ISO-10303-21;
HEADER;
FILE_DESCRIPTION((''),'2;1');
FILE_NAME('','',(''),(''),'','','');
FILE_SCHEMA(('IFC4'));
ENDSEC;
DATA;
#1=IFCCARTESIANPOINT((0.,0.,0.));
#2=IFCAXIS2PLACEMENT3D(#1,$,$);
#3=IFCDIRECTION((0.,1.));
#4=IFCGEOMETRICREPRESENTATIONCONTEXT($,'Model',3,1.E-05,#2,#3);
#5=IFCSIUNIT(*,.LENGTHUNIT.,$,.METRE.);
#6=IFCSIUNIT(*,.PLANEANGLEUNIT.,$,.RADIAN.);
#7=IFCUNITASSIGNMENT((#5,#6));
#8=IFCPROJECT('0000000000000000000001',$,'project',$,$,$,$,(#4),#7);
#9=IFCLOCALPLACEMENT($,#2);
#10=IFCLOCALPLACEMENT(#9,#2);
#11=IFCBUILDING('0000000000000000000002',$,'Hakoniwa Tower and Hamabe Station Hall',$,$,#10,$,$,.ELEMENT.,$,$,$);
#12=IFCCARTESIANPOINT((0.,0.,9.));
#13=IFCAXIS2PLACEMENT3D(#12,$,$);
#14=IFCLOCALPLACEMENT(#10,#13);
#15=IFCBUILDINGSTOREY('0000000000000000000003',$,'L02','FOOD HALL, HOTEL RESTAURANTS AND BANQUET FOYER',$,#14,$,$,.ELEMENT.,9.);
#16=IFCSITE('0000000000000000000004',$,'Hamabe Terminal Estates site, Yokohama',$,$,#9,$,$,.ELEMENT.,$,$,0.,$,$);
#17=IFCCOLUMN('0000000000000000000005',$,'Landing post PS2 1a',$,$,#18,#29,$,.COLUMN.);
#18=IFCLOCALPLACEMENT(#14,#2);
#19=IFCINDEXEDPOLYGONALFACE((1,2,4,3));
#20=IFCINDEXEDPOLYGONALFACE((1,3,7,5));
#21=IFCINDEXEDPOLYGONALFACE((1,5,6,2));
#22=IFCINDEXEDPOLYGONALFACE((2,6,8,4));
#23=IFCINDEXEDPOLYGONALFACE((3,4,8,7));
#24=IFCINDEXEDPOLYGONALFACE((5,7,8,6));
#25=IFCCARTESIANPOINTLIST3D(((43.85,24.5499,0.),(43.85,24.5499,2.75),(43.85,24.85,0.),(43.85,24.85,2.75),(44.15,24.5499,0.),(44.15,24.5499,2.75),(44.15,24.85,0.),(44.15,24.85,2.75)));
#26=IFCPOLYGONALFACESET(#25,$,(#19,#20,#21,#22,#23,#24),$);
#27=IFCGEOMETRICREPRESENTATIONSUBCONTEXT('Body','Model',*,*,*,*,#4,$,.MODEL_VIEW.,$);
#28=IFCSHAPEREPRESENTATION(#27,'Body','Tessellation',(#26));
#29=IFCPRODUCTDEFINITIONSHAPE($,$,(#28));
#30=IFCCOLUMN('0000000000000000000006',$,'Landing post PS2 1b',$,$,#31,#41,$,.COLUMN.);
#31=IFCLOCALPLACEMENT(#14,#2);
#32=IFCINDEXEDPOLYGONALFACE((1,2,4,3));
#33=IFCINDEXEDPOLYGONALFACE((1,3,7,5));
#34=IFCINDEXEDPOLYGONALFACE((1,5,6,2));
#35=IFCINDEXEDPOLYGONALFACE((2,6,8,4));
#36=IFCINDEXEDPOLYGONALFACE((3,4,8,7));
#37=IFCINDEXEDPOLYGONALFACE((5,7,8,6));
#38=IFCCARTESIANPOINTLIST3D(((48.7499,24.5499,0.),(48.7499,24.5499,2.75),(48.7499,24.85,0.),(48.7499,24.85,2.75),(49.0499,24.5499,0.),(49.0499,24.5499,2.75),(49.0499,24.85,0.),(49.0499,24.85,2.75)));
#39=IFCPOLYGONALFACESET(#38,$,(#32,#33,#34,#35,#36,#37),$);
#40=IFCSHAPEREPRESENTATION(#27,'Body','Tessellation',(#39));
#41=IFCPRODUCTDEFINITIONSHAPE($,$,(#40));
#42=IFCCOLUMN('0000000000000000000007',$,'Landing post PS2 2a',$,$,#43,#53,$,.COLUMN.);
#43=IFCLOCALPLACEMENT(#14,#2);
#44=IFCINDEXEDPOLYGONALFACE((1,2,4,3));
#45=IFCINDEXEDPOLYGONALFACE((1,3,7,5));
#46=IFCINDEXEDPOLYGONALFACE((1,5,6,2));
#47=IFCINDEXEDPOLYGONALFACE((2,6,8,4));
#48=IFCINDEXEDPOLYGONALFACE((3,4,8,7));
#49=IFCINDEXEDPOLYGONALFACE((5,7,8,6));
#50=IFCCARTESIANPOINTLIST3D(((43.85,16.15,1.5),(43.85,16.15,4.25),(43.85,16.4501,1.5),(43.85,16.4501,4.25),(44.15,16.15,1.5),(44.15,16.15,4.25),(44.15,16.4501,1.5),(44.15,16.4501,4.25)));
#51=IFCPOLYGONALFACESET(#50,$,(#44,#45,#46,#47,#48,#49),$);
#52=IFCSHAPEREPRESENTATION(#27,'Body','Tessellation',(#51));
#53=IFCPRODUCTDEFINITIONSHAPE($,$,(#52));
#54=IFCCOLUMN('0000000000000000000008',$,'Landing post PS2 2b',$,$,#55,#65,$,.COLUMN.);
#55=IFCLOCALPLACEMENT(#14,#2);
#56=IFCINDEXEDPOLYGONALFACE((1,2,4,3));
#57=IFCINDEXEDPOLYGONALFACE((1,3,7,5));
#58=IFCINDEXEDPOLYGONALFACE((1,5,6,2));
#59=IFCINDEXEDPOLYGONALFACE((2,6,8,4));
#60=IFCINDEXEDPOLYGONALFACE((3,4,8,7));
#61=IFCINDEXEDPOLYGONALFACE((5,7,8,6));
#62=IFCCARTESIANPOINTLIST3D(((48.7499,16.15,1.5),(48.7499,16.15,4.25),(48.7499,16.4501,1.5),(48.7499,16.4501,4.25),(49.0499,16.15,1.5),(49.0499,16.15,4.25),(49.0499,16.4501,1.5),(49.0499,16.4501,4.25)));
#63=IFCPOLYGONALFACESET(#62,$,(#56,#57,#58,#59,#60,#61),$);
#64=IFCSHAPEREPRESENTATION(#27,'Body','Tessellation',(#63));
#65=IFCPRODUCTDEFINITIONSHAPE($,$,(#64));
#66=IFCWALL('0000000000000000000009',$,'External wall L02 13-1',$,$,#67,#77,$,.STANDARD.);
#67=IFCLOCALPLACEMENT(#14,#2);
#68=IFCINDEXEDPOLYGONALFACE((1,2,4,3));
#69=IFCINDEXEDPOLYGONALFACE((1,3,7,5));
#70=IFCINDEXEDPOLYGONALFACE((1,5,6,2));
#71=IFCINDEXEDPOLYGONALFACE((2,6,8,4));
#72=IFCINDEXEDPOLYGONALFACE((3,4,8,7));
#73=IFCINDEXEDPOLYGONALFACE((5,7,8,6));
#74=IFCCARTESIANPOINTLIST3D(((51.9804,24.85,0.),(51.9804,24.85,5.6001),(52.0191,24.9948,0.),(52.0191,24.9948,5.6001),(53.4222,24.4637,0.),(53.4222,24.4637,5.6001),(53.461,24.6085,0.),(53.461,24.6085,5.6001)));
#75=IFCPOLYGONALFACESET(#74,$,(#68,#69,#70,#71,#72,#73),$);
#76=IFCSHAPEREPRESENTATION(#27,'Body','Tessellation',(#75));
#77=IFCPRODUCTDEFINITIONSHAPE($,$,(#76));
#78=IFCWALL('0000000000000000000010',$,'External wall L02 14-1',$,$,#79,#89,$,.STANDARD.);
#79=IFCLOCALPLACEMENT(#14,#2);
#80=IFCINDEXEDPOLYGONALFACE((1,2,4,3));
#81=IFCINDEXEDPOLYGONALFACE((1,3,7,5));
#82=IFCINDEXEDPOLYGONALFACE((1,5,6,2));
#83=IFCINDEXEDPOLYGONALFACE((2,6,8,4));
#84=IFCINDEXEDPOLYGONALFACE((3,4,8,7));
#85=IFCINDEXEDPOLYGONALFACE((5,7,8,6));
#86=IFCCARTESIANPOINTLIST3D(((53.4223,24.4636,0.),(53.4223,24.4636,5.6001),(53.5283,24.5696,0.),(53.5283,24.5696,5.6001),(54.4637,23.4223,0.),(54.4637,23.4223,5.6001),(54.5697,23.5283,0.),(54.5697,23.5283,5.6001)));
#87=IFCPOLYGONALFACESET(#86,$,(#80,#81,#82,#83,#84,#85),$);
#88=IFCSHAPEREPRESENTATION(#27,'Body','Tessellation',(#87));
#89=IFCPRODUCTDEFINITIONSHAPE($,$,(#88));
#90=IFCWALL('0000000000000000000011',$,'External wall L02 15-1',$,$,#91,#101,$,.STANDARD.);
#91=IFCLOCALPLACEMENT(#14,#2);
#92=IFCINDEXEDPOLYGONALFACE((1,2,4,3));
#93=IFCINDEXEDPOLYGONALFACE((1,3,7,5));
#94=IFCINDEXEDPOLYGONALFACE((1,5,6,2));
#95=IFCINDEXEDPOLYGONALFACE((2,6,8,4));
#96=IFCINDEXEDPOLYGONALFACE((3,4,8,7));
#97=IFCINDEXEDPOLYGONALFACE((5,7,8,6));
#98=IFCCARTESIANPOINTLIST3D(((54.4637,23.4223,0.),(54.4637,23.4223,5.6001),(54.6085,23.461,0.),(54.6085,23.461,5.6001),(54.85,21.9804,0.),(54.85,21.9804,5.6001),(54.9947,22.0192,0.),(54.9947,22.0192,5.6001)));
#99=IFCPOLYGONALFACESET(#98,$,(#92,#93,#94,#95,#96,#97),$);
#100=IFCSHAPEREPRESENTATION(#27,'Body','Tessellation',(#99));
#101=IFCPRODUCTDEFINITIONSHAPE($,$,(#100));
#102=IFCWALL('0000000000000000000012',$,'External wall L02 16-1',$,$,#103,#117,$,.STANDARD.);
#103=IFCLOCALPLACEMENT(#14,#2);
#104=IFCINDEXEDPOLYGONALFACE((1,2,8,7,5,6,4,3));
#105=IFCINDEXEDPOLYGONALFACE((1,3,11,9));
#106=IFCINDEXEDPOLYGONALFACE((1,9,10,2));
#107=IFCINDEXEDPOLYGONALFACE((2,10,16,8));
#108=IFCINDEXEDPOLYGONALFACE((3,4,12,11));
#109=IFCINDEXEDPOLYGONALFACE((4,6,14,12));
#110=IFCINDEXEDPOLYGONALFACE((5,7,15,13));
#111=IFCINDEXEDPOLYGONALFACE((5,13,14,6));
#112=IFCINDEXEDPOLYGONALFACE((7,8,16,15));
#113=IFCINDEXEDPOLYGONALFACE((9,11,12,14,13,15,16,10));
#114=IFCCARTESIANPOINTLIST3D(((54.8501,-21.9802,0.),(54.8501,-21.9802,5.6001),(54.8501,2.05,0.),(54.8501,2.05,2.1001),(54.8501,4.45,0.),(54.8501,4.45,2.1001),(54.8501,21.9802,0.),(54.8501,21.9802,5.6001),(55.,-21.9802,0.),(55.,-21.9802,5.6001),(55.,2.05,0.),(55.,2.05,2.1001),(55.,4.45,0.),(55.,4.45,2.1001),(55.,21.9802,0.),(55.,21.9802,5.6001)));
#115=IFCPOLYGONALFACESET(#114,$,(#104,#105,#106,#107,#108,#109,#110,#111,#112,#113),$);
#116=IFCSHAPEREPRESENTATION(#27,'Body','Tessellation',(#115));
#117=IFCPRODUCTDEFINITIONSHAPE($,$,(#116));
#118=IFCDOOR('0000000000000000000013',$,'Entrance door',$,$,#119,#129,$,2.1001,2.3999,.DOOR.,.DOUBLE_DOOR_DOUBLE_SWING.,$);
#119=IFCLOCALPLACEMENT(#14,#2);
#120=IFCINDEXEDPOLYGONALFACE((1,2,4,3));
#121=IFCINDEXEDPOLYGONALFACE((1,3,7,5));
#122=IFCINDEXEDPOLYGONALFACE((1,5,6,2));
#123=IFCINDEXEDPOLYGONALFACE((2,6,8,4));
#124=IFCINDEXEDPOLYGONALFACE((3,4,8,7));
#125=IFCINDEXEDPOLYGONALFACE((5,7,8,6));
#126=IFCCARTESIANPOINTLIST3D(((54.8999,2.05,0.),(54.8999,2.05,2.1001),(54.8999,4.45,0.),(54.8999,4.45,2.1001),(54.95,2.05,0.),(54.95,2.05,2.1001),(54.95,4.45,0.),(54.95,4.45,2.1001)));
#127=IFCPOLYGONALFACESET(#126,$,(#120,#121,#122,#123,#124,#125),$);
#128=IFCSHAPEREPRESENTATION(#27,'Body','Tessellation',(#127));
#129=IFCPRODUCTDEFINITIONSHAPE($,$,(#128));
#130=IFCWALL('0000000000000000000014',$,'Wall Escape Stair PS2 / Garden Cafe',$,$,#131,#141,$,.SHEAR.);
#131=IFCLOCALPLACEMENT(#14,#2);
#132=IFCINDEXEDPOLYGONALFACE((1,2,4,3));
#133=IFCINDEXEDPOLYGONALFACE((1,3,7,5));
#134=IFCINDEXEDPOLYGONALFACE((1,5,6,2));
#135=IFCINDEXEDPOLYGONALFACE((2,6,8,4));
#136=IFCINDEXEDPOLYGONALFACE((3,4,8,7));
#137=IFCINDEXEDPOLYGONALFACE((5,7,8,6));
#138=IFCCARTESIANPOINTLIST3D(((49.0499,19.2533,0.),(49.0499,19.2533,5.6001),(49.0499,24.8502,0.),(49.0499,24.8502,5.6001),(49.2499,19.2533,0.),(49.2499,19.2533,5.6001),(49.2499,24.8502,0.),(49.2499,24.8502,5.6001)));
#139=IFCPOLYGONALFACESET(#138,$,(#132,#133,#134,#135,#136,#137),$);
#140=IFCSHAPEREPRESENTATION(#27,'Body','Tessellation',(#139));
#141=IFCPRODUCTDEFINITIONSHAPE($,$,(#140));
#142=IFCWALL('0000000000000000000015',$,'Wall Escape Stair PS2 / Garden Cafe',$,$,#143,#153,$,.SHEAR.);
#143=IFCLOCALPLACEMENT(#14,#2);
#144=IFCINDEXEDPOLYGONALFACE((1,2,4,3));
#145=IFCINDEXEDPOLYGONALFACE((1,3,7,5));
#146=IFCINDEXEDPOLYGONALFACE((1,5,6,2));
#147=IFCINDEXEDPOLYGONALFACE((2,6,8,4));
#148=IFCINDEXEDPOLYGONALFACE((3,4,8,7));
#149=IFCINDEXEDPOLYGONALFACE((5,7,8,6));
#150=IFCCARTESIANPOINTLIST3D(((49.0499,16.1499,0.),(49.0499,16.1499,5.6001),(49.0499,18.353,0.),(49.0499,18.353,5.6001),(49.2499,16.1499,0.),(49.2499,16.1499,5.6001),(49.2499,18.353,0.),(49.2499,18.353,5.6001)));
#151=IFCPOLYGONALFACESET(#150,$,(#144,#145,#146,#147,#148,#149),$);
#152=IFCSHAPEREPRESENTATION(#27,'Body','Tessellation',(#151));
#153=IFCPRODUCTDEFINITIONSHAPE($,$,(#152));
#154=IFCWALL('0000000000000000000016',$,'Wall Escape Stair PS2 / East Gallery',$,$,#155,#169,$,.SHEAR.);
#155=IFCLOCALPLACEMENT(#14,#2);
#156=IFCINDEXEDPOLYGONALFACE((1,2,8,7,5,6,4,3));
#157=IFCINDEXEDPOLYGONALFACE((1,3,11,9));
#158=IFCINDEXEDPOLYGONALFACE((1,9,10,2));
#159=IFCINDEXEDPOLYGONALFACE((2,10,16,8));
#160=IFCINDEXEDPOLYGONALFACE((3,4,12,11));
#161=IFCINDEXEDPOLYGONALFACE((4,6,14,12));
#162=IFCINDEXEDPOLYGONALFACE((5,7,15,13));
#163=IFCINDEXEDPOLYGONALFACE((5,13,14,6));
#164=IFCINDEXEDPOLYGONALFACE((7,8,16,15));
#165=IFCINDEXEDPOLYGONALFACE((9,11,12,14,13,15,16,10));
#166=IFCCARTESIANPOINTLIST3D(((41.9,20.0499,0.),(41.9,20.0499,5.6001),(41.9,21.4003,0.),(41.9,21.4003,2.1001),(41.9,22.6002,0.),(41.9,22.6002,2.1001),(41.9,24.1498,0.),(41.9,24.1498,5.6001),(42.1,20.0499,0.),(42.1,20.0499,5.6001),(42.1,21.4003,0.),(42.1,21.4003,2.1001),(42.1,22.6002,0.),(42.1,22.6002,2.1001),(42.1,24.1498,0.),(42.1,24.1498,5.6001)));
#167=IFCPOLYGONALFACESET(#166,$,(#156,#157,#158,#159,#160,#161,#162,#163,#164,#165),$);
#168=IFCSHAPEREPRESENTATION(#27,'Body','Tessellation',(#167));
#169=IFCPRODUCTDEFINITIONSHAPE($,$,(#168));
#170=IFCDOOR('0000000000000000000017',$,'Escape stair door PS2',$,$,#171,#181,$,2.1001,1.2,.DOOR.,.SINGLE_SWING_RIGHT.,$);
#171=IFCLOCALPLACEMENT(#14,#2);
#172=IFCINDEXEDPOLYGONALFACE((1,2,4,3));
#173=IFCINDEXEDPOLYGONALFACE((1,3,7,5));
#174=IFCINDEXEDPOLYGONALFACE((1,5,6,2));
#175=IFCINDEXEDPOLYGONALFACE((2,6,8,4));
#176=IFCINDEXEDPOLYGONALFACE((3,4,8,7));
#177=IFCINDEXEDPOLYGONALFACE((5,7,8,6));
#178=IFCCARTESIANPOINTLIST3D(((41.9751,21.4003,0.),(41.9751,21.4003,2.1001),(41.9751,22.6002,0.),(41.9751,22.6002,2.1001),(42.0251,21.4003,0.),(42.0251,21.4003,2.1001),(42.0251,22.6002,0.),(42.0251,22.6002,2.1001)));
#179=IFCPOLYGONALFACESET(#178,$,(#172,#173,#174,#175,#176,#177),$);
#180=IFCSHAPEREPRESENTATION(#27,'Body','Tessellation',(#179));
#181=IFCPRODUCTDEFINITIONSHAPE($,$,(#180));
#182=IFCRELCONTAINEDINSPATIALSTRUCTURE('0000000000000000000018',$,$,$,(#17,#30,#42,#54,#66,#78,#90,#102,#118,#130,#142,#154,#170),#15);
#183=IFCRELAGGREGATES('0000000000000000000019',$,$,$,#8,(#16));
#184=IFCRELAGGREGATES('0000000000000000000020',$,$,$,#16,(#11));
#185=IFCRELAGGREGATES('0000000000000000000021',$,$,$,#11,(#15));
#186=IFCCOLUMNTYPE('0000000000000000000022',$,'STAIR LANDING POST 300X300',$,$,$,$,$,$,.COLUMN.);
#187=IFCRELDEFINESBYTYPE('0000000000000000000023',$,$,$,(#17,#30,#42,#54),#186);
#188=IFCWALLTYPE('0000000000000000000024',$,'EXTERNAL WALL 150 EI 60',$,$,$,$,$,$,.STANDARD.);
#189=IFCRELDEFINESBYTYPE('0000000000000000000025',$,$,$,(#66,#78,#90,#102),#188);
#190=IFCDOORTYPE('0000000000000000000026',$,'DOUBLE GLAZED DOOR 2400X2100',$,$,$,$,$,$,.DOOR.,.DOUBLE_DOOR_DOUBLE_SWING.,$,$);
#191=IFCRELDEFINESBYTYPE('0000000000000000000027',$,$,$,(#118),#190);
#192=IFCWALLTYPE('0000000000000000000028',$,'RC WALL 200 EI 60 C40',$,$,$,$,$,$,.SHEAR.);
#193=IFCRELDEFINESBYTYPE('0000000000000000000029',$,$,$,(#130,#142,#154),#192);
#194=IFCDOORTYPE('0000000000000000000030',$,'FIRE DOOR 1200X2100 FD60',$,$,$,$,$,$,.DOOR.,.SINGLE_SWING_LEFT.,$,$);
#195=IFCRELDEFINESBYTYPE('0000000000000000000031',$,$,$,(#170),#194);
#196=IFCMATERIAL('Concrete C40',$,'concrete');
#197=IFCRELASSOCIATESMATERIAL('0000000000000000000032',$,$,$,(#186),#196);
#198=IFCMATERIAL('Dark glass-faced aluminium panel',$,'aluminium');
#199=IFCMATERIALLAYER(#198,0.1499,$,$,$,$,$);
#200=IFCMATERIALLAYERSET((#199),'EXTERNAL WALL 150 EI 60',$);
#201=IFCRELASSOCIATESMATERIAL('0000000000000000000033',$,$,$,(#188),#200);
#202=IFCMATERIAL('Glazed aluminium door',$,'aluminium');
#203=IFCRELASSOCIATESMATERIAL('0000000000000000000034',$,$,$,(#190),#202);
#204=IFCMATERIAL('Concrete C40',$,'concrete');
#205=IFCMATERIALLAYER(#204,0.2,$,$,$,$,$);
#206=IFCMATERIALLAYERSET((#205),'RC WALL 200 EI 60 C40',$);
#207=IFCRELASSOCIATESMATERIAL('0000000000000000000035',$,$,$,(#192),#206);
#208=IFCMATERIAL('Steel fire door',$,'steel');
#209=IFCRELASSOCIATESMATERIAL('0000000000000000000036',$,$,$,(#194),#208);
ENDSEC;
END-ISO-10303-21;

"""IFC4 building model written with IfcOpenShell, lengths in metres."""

from ifc_helpers import new_model, si_unit, direction, frame, frame_2d, origin, origin_2d, place, context, subcontext, project, spatial, rectangle, extrude, material, layer, layer_set, material_profile, profile_set, type_object, element, fill, save


model = new_model("IFC4")

# Units and contexts
model_context = context("Model", 3, precision=1e-05, world=origin(), true_north=direction((0.0, 1.0)))
body_context = subcontext(model_context, "Body", "Model", "MODEL_VIEW")
ifc_project = project(units=[si_unit("LENGTHUNIT", "METRE"), si_unit("PLANEANGLEUNIT", "RADIAN")], contexts=[model_context])

# Site, building, storey
site_placement = place(None, origin())
site = spatial("IfcSite", under=ifc_project, at=site_placement, Name="Hamabe Terminal Estates site, Yokohama", CompositionType="ELEMENT", RefElevation=0.0)
building_placement = place(site_placement, origin())
building = spatial("IfcBuilding", under=site, at=building_placement, Name="Hakoniwa Tower and Hamabe Station Hall", CompositionType="ELEMENT")
storey_placement = place(building_placement, frame((0.0, 0.0, 9.0)))
storey = spatial("IfcBuildingStorey", under=building, at=storey_placement, Name="L02", Description="FOOD HALL, HOTEL RESTAURANTS AND BANQUET FOYER", CompositionType="ELEMENT", Elevation=9.0)

# Columns
ifc_material_1 = material(Name="Concrete C40", Category="concrete")
ifc_material_profile_1 = material_profile(ifc_material_1, rectangle(XDim=0.3, YDim=0.3, at=origin_2d()), Name="STAIR LANDING POST 300X300")
ifc_profile_set_1 = profile_set([ifc_material_profile_1], Name="Concrete C40")
column_type_1 = type_object("IfcColumnType", Name="STAIR LANDING POST 300X300", PredefinedType="COLUMN", material=ifc_profile_set_1)
for number, where, z_axis, x_axis, name in (
    (1, (44.0, 24.7, 0.0), (0.0, 0.0, 1.0), (1.0, 0.0, 0.0), "Landing post PS2 1a"),
    (2, (48.8999, 24.7, 0.0), (0.0, 0.0, 1.0), (1.0, 0.0, 0.0), "Landing post PS2 1b"),
    (3, (44.0, 16.3, 1.5), (0.0, 0.0, 1.0), (1.0, 0.0, 0.0), "Landing post PS2 2a"),
    (4, (48.8999, 16.3, 1.5), (0.0, 0.0, 1.0), (1.0, 0.0, 0.0), "Landing post PS2 2b"),
):
    element("IfcColumn", number, at=place(storey_placement, frame(where, z_axis=z_axis, x_axis=x_axis)), inside=storey, type_object=column_type_1, Name=name, PredefinedType="COLUMN", context=body_context, shape_type="SweptSolid", body=[
        extrude(rectangle(XDim=0.3, YDim=0.3, at=origin_2d()), origin(), (0.0, 0.0, 1.0), 2.75),
    ])

# Walls
ifc_material_2 = material(Name="Dark glass-faced aluminium panel", Category="aluminium")
ifc_layer_1 = layer(ifc_material_2, 0.1499)
ifc_layer_set_1 = layer_set([ifc_layer_1], Name="EXTERNAL WALL 150 EI 60")
wall_type_1 = type_object("IfcWallType", Name="EXTERNAL WALL 150 EI 60", PredefinedType="STANDARD", material=ifc_layer_set_1)
wall_1_placement = place(storey_placement, frame((51.9998, 24.9224, 0.0), z_axis=(0.0, 0.0, 1.0), x_axis=(0.965947, -0.258742, 0.0)))
element("IfcWall", 5, at=wall_1_placement, inside=storey, type_object=wall_type_1, Name="External wall L02 13-1", PredefinedType="STANDARD", context=body_context, shape_type="SweptSolid", body=[
    extrude(rectangle(XDim=1.4927, YDim=0.1499, at=frame_2d((0.7463, 0.0))), origin(), (0.0, 0.0, 1.0), 5.6001),
])
wall_2_placement = place(storey_placement, frame((53.4753, 24.5166, 0.0), z_axis=(0.0, 0.0, 1.0), x_axis=(0.707107, -0.707107, 0.0)))
element("IfcWall", 6, at=wall_2_placement, inside=storey, type_object=wall_type_1, Name="External wall L02 14-1", PredefinedType="STANDARD", context=body_context, shape_type="SweptSolid", body=[
    extrude(rectangle(XDim=1.4727, YDim=0.1499, at=frame_2d((0.7363, 0.0))), origin(), (0.0, 0.0, 1.0), 5.6001),
])
wall_3_placement = place(storey_placement, frame((54.5361, 23.4417, 0.0), z_axis=(0.0, 0.0, 1.0), x_axis=(0.258742, -0.965947, 0.0)))
element("IfcWall", 7, at=wall_3_placement, inside=storey, type_object=wall_type_1, Name="External wall L02 15-1", PredefinedType="STANDARD", context=body_context, shape_type="SweptSolid", body=[
    extrude(rectangle(XDim=1.4927, YDim=0.1499, at=frame_2d((0.7463, 0.0))), origin(), (0.0, 0.0, 1.0), 5.6001),
])

# Wall, opening, door
wall_4_placement = place(storey_placement, frame((54.925, 21.9802, 0.0), z_axis=(0.0, 0.0, 1.0), x_axis=(0.0, -1.0, 0.0)))
wall_4 = element("IfcWall", 8, at=wall_4_placement, inside=storey, type_object=wall_type_1, Name="External wall L02 16-1", PredefinedType="STANDARD", context=body_context, shape_type="SweptSolid", body=[
    extrude(rectangle(XDim=43.9604, YDim=0.1499, at=frame_2d((21.9802, 0.0))), origin(), (0.0, 0.0, 1.0), 5.6001),
])
opening_1_placement = place(wall_4_placement, frame((17.5303, 0.0, 0.0)))
opening_1 = element("IfcOpeningElement", 9, at=opening_1_placement, cuts=wall_4, PredefinedType="OPENING", context=body_context, shape_type="SweptSolid", body=[
    extrude(rectangle(XDim=2.3999, YDim=2.1001, at=frame_2d((1.2, 1.05))), frame((0.0, 0.085, 0.0), z_axis=(0.0, -1.0, 0.0), x_axis=(1.0, 0.0, 0.0)), (0.0, 0.0, 1.0), 0.1699),
])
ifc_material_3 = material(Name="Glazed aluminium door", Category="aluminium")
door_type_1 = type_object("IfcDoorType", Name="DOUBLE GLAZED DOOR 2400X2100", OperationType="DOUBLE_DOOR_DOUBLE_SWING", PredefinedType="DOOR", material=ifc_material_3)
door_1_placement = place(opening_1_placement, origin())
door_1 = element("IfcDoor", 10, at=door_1_placement, inside=storey, type_object=door_type_1, Name="Entrance door", OperationType="DOUBLE_DOOR_DOUBLE_SWING", OverallHeight=2.1001, OverallWidth=2.3999, PredefinedType="DOOR", context=body_context, shape_type="SweptSolid", body=[
    extrude(rectangle(XDim=2.3999, YDim=2.1001, at=frame_2d((1.2, 1.05))), frame((0.0, 0.0249, 0.0), z_axis=(0.0, -1.0, 0.0), x_axis=(1.0, 0.0, 0.0)), (0.0, 0.0, 1.0), 0.05),
])
fill(opening_1, door_1)

# Walls
ifc_material_4 = material(Name="Concrete C40", Category="concrete")
ifc_layer_2 = layer(ifc_material_4, 0.2)
ifc_layer_set_2 = layer_set([ifc_layer_2], Name="RC WALL 200 EI 60 C40")
wall_type_2 = type_object("IfcWallType", Name="RC WALL 200 EI 60 C40", PredefinedType="SHEAR", material=ifc_layer_set_2)
wall_5_placement = place(storey_placement, frame((49.1499, 24.8501, 0.0), z_axis=(0.0, 0.0, 1.0), x_axis=(0.0, -1.0, 0.0)))
element("IfcWall", 11, at=wall_5_placement, inside=storey, type_object=wall_type_2, Name="Wall Escape Stair PS2 / Garden Cafe", PredefinedType="SHEAR", context=body_context, shape_type="SweptSolid", body=[
    extrude(rectangle(XDim=5.5969, YDim=0.2, at=frame_2d((2.7983, 0.0))), origin(), (0.0, 0.0, 1.0), 5.6001),
])
wall_6_placement = place(storey_placement, frame((49.1499, 18.353, 0.0), z_axis=(0.0, 0.0, 1.0), x_axis=(0.0, -1.0, 0.0)))
element("IfcWall", 12, at=wall_6_placement, inside=storey, type_object=wall_type_2, Name="Wall Escape Stair PS2 / Garden Cafe", PredefinedType="SHEAR", context=body_context, shape_type="SweptSolid", body=[
    extrude(rectangle(XDim=2.2031, YDim=0.2, at=frame_2d((1.1016, 0.0))), origin(), (0.0, 0.0, 1.0), 5.6001),
])

# Wall, opening, door
wall_7_placement = place(storey_placement, frame((42.0, 20.05, 0.0), z_axis=(0.0, 0.0, 1.0), x_axis=(0.0, 1.0, 0.0)))
wall_7 = element("IfcWall", 13, at=wall_7_placement, inside=storey, type_object=wall_type_2, Name="Wall Escape Stair PS2 / East Gallery", PredefinedType="SHEAR", context=body_context, shape_type="SweptSolid", body=[
    extrude(rectangle(XDim=4.0999, YDim=0.2, at=frame_2d((2.0498, 0.0))), origin(), (0.0, 0.0, 1.0), 5.6001),
])
opening_2_placement = place(wall_7_placement, frame((1.3501, 0.0, 0.0)))
opening_2 = element("IfcOpeningElement", 14, at=opening_2_placement, cuts=wall_7, PredefinedType="OPENING", context=body_context, shape_type="SweptSolid", body=[
    extrude(rectangle(XDim=1.2, YDim=2.1001, at=frame_2d((0.6001, 1.05))), frame((0.0, 0.1099, 0.0), z_axis=(0.0, -1.0, 0.0), x_axis=(1.0, 0.0, 0.0)), (0.0, 0.0, 1.0), 0.22),
])
ifc_material_5 = material(Name="Steel fire door", Category="steel")
door_type_2 = type_object("IfcDoorType", Name="FIRE DOOR 1200X2100 FD60", OperationType="SINGLE_SWING_LEFT", PredefinedType="DOOR", material=ifc_material_5)
door_2_placement = place(opening_2_placement, origin())
door_2 = element("IfcDoor", 15, at=door_2_placement, inside=storey, type_object=door_type_2, Name="Escape stair door PS2", OperationType="SINGLE_SWING_RIGHT", OverallHeight=2.1001, OverallWidth=1.2, PredefinedType="DOOR", context=body_context, shape_type="SweptSolid", body=[
    extrude(rectangle(XDim=1.2, YDim=2.1001, at=frame_2d((0.6001, 1.05))), frame((0.0, 0.0249, 0.0), z_axis=(0.0, -1.0, 0.0), x_axis=(1.0, 0.0, 0.0)), (0.0, 0.0, 1.0), 0.05),
])
fill(opening_2, door_2)

save(model, "model.ifc")
